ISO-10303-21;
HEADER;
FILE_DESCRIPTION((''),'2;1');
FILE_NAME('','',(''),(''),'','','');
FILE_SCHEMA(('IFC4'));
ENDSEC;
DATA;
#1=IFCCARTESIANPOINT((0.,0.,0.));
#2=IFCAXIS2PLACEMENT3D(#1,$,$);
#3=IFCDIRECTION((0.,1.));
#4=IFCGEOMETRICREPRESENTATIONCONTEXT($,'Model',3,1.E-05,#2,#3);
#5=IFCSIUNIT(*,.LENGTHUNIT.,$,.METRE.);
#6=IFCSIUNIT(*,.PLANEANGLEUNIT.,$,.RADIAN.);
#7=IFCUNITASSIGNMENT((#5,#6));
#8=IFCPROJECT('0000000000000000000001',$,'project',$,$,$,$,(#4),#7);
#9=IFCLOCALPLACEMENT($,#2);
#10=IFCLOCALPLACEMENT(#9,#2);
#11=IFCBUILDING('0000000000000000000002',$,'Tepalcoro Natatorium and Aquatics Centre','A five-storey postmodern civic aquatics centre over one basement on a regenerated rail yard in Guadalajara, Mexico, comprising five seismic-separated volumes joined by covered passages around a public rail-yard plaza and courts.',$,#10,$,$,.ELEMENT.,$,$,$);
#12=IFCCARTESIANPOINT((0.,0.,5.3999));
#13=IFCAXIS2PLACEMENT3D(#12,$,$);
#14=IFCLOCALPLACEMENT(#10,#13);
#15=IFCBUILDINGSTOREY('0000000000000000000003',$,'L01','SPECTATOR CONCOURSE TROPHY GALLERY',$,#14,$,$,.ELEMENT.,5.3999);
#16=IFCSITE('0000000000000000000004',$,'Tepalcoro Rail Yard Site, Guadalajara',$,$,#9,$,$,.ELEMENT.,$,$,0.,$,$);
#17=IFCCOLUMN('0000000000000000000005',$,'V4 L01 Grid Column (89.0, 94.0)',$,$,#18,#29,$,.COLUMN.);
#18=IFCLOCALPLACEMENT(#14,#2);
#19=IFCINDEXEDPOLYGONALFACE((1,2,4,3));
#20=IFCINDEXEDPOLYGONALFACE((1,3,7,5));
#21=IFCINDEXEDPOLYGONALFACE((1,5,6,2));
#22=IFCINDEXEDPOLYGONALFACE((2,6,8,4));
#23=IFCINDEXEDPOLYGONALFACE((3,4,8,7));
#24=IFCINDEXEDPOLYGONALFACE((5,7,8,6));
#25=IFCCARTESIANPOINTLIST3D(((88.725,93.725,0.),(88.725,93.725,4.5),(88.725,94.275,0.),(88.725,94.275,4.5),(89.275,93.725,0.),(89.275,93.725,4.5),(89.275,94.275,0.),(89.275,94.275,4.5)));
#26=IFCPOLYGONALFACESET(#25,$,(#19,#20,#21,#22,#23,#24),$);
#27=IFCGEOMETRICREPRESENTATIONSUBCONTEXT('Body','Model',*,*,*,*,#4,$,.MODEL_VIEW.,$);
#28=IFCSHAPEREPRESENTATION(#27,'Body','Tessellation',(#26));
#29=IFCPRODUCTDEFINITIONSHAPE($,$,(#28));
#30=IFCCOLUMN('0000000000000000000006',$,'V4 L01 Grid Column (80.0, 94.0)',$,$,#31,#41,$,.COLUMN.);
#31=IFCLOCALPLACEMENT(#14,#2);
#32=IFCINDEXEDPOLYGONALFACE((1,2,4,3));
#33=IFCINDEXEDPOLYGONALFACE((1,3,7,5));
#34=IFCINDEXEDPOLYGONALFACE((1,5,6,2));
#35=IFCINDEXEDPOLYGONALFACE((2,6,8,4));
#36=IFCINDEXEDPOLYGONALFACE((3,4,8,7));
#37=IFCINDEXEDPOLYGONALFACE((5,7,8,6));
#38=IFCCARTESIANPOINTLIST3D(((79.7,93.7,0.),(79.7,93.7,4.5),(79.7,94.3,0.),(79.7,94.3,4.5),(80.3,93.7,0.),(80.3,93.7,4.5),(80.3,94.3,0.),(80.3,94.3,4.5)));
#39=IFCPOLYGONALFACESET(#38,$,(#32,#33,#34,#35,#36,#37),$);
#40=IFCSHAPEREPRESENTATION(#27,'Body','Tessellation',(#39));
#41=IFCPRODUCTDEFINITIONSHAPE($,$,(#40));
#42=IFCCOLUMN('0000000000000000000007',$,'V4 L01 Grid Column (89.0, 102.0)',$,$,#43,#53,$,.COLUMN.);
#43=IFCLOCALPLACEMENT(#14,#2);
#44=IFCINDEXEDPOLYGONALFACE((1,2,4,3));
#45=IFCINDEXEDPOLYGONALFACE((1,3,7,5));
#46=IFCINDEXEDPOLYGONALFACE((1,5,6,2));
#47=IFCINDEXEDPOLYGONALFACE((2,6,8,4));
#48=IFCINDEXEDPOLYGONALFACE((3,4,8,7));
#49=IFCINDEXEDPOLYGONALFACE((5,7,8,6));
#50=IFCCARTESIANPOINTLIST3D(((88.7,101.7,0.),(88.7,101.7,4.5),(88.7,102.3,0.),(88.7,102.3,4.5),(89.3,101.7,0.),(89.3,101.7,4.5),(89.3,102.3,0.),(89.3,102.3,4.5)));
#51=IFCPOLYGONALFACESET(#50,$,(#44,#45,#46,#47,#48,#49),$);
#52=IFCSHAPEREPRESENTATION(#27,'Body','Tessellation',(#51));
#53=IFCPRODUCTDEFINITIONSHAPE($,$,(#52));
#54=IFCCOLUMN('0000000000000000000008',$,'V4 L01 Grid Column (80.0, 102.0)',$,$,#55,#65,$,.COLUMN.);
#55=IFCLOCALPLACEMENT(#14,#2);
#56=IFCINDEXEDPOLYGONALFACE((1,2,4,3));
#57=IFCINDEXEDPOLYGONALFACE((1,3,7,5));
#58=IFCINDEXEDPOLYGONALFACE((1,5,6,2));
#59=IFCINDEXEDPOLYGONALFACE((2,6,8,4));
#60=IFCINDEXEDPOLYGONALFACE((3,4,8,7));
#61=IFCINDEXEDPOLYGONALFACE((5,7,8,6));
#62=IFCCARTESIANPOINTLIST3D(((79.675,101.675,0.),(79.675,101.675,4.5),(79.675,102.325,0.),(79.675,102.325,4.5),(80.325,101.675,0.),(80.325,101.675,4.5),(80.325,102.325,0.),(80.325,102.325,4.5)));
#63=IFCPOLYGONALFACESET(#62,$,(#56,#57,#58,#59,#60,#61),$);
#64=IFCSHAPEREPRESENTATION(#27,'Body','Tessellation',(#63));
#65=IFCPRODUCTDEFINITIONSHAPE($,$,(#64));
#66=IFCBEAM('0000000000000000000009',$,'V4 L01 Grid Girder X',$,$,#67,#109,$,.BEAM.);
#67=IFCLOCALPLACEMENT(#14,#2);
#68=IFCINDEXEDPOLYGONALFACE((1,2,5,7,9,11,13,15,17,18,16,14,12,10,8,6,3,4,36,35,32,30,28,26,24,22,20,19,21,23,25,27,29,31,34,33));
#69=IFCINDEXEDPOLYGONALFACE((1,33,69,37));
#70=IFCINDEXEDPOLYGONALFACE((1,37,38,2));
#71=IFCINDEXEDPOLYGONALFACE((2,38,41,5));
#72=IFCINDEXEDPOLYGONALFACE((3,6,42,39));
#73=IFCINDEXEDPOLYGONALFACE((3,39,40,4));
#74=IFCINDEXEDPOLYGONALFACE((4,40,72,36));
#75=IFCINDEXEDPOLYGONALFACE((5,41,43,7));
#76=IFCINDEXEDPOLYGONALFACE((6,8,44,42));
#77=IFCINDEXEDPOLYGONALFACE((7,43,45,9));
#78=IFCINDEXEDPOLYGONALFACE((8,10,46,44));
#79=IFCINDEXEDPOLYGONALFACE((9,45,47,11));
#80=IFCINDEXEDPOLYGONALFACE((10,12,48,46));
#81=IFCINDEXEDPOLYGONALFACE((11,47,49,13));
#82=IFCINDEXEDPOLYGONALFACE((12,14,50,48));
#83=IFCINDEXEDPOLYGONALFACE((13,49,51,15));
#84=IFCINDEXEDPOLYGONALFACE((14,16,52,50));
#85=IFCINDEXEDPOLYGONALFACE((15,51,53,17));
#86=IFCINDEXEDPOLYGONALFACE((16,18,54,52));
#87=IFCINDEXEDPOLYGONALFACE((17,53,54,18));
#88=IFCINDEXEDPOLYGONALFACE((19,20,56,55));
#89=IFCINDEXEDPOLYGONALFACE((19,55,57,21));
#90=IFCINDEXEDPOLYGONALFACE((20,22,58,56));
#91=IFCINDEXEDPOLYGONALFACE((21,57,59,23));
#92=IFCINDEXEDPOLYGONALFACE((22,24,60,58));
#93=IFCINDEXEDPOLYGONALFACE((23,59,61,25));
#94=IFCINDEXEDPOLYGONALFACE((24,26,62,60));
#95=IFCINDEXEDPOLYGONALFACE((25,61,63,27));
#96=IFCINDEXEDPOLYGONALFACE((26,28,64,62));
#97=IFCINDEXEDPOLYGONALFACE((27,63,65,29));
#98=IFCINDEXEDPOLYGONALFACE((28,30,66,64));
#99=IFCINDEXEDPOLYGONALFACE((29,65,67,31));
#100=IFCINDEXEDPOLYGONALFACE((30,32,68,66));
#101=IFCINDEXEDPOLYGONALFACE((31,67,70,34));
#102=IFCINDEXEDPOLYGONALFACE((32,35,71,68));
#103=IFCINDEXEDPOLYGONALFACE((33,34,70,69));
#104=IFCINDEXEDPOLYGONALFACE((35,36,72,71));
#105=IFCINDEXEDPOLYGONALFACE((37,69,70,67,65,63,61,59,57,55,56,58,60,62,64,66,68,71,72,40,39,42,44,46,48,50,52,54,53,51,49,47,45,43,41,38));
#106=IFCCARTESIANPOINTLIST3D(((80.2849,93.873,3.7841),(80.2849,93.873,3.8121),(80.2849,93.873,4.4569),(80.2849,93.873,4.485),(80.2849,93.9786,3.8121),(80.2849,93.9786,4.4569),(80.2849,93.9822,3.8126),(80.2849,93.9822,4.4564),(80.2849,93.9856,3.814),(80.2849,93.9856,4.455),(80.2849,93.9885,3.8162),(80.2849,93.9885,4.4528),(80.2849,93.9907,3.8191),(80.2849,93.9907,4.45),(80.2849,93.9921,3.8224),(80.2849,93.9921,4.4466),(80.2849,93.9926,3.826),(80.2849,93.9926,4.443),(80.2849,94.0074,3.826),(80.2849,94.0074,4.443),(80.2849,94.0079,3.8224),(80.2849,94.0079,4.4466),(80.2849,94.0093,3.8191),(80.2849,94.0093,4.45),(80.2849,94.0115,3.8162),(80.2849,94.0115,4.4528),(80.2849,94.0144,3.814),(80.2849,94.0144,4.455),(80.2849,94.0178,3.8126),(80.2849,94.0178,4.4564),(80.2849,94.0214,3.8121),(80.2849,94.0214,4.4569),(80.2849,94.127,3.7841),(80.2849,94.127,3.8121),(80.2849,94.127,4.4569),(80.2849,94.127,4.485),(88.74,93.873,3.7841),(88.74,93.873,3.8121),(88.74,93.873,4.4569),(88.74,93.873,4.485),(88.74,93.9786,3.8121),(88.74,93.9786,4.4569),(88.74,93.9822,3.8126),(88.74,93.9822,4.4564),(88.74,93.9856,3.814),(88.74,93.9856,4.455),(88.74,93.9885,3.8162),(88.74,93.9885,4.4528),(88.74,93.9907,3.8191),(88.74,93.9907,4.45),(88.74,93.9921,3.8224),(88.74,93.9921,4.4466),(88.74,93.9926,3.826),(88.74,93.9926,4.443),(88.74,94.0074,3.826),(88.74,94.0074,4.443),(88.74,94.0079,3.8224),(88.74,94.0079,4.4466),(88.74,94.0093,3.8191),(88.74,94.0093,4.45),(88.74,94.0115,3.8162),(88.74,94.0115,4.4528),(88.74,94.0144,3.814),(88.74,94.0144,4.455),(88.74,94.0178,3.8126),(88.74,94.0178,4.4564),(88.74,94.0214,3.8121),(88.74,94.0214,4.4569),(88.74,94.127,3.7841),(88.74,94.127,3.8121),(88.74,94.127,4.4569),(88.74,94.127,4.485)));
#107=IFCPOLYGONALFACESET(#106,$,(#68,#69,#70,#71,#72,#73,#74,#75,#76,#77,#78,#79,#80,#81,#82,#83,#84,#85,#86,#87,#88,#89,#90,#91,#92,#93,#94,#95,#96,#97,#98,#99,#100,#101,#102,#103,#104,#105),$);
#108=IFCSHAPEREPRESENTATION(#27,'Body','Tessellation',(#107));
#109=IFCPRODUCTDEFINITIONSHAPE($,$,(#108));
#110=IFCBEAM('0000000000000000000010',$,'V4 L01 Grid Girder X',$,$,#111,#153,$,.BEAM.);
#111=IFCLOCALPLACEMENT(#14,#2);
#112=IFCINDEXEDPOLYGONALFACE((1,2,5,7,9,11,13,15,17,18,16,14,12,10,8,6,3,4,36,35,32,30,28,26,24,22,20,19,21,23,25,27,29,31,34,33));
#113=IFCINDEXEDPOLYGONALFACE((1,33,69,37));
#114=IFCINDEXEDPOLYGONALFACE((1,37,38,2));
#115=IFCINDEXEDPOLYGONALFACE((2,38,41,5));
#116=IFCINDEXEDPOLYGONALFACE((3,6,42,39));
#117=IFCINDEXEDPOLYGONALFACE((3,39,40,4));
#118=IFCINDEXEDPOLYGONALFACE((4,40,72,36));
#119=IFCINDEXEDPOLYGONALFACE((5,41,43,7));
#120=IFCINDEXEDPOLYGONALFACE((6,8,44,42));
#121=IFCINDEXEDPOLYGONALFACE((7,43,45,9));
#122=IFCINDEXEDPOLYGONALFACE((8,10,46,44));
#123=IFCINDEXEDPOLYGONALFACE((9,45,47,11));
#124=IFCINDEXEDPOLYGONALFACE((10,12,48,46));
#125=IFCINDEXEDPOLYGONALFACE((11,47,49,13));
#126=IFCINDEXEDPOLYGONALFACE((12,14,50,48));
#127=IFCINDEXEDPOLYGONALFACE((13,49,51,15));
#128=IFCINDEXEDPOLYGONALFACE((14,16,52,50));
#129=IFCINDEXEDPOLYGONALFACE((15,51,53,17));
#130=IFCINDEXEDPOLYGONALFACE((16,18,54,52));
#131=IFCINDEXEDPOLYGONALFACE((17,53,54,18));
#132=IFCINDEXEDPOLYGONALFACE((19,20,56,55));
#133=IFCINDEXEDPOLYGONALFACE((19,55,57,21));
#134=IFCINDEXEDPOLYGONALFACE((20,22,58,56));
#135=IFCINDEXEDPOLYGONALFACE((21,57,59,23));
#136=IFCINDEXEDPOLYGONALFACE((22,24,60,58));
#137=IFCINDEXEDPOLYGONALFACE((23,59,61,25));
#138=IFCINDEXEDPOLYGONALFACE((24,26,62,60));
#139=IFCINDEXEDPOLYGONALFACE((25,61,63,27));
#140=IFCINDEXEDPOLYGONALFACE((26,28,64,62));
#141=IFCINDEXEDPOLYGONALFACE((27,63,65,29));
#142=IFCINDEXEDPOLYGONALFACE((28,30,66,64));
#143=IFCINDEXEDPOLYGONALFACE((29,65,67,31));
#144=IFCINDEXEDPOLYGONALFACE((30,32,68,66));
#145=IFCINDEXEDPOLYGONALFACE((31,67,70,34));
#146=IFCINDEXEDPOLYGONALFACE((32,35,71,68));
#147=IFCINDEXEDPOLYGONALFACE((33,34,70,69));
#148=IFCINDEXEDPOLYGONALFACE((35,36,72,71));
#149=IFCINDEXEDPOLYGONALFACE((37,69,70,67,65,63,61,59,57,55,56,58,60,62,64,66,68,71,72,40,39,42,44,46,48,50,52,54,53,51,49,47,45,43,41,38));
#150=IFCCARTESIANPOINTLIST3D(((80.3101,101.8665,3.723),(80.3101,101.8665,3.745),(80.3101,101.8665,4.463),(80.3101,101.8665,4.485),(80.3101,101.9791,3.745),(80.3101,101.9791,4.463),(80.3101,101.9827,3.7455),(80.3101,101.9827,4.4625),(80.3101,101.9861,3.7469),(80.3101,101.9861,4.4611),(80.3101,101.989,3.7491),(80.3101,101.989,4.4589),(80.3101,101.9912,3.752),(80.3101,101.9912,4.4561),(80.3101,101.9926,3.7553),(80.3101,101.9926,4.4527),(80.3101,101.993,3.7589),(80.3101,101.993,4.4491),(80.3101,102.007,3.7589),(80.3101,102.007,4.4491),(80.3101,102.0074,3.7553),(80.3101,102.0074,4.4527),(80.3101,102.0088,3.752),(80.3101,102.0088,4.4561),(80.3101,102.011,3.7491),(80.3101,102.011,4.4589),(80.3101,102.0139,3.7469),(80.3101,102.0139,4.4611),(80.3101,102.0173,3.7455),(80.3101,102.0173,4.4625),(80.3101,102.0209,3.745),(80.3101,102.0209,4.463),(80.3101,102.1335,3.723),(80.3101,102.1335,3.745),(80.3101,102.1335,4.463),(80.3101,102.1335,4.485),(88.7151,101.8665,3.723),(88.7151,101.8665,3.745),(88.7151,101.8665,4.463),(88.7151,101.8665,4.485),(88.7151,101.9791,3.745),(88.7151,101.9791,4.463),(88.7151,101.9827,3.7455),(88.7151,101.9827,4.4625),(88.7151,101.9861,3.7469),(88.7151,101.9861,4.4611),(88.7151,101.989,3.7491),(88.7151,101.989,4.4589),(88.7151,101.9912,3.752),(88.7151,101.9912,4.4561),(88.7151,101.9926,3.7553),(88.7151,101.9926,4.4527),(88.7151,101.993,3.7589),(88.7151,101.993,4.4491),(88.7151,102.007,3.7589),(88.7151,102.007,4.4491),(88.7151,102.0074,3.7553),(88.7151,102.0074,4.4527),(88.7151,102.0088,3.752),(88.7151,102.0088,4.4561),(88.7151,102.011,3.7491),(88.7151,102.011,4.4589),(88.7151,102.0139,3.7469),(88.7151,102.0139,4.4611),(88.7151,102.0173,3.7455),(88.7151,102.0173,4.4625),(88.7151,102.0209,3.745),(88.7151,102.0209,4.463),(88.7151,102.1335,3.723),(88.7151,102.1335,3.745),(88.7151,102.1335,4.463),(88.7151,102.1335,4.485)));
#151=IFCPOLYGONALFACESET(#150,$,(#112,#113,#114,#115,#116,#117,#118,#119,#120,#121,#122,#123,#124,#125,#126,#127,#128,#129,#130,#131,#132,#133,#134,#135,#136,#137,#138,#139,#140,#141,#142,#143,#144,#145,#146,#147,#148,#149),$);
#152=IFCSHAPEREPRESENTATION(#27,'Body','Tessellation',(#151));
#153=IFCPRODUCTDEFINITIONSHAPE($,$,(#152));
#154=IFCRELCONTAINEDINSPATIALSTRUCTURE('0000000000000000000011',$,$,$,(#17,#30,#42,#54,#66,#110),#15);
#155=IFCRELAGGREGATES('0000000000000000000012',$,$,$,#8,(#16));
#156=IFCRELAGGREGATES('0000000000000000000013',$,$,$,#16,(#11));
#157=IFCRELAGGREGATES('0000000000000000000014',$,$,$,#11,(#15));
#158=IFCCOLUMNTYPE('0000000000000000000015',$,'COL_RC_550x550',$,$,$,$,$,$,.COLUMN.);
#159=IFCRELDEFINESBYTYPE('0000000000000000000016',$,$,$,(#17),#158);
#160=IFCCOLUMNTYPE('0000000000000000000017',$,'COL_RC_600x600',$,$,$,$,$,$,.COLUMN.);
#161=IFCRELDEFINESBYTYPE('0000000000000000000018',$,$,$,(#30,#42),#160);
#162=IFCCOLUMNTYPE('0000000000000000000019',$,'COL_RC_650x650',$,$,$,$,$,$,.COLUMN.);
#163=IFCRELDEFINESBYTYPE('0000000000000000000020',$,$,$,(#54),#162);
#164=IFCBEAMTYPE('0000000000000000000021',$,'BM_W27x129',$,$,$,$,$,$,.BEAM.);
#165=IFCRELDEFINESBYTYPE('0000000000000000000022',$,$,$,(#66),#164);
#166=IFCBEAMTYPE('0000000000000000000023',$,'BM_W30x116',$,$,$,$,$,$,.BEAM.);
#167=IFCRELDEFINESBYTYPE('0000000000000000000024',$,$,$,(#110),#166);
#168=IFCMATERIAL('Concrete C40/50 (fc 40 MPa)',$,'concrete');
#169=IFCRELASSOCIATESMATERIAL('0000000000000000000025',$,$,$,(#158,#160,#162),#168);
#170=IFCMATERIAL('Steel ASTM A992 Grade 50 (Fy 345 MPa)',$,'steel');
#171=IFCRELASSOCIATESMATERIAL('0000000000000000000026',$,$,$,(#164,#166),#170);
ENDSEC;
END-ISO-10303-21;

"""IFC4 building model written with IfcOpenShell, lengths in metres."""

from ifc_helpers import new_model, si_unit, direction, frame, origin, origin_2d, place, context, subcontext, project, spatial, rectangle, i_section, extrude, material, material_profile, profile_set, type_object, element, save


model = new_model("IFC4")

# Units and contexts
model_context = context("Model", 3, precision=1e-05, world=origin(), true_north=direction((0.0, 1.0)))
body_context = subcontext(model_context, "Body", "Model", "MODEL_VIEW")
ifc_project = project(units=[si_unit("LENGTHUNIT", "METRE"), si_unit("PLANEANGLEUNIT", "RADIAN")], contexts=[model_context])

# Site, building, storey
site_placement = place(None, origin())
site = spatial("IfcSite", under=ifc_project, at=site_placement, Name="Tepalcoro Rail Yard Site, Guadalajara", CompositionType="ELEMENT", RefElevation=0.0)
building_placement = place(site_placement, origin())
building = spatial("IfcBuilding", under=site, at=building_placement, Name="Tepalcoro Natatorium and Aquatics Centre", Description="A five-storey postmodern civic aquatics centre over one basement on a regenerated rail yard in Guadalajara, Mexico, comprising five seismic-separated volumes joined by covered passages around a public rail-yard plaza and courts.", CompositionType="ELEMENT")
storey_placement = place(building_placement, frame((0.0, 0.0, 5.3999)))
storey = spatial("IfcBuildingStorey", under=building, at=storey_placement, Name="L01", Description="SPECTATOR CONCOURSE TROPHY GALLERY", CompositionType="ELEMENT", Elevation=5.3999)

# Columns
ifc_material_1 = material(Name="Concrete C40/50 (fc 40 MPa)", Category="concrete")
ifc_material_profile_1 = material_profile(ifc_material_1, rectangle(XDim=0.55, YDim=0.55, at=origin_2d()), Name="RC550x550")
ifc_profile_set_1 = profile_set([ifc_material_profile_1], Name="Concrete C40/50 (fc 40 MPa)")
column_type_1 = type_object("IfcColumnType", Name="COL_RC_550x550", PredefinedType="COLUMN", material=ifc_profile_set_1)
column_1_placement = place(storey_placement, frame((89.0, 94.0, 0.0), z_axis=(0.0, 0.0, 1.0), x_axis=(1.0, 0.0, 0.0)))
element("IfcColumn", 1, at=column_1_placement, inside=storey, type_object=column_type_1, Name="V4 L01 Grid Column (89.0, 94.0)", PredefinedType="COLUMN", context=body_context, shape_type="SweptSolid", body=[
    extrude(rectangle(XDim=0.55, YDim=0.55, at=origin_2d()), origin(), (0.0, 0.0, 1.0), 4.5),
])
ifc_material_profile_2 = material_profile(ifc_material_1, rectangle(XDim=0.6001, YDim=0.6001, at=origin_2d()), Name="RC600x600")
ifc_profile_set_2 = profile_set([ifc_material_profile_2], Name="Concrete C40/50 (fc 40 MPa)")
column_type_2 = type_object("IfcColumnType", Name="COL_RC_600x600", PredefinedType="COLUMN", material=ifc_profile_set_2)
for number, where, z_axis, x_axis, name in (
    (2, (80.0, 94.0, 0.0), (0.0, 0.0, 1.0), (1.0, 0.0, 0.0), "V4 L01 Grid Column (80.0, 94.0)"),
    (3, (89.0, 102.0, 0.0), (0.0, 0.0, 1.0), (1.0, 0.0, 0.0), "V4 L01 Grid Column (89.0, 102.0)"),
):
    element("IfcColumn", number, at=place(storey_placement, frame(where, z_axis=z_axis, x_axis=x_axis)), inside=storey, type_object=column_type_2, Name=name, PredefinedType="COLUMN", context=body_context, shape_type="SweptSolid", body=[
        extrude(rectangle(XDim=0.6001, YDim=0.6001, at=origin_2d()), origin(), (0.0, 0.0, 1.0), 4.5),
    ])
ifc_material_profile_3 = material_profile(ifc_material_1, rectangle(XDim=0.6499, YDim=0.6499, at=origin_2d()), Name="RC650x650")
ifc_profile_set_3 = profile_set([ifc_material_profile_3], Name="Concrete C40/50 (fc 40 MPa)")
column_type_3 = type_object("IfcColumnType", Name="COL_RC_650x650", PredefinedType="COLUMN", material=ifc_profile_set_3)
column_2_placement = place(storey_placement, frame((80.0, 102.0, 0.0), z_axis=(0.0, 0.0, 1.0), x_axis=(1.0, 0.0, 0.0)))
element("IfcColumn", 4, at=column_2_placement, inside=storey, type_object=column_type_3, Name="V4 L01 Grid Column (80.0, 102.0)", PredefinedType="COLUMN", context=body_context, shape_type="SweptSolid", body=[
    extrude(rectangle(XDim=0.6499, YDim=0.6499, at=origin_2d()), origin(), (0.0, 0.0, 1.0), 4.5),
])

# Beams
ifc_material_2 = material(Name="Steel ASTM A992 Grade 50 (Fy 345 MPa)", Category="steel")
ifc_material_profile_4 = material_profile(ifc_material_2, i_section(OverallWidth=0.2539, OverallDepth=0.7009, WebThickness=0.0149, FlangeThickness=0.0281, FilletRadius=0.0139, at=origin_2d()), Name="W27X129")
ifc_profile_set_4 = profile_set([ifc_material_profile_4], Name="Steel ASTM A992 Grade 50 (Fy 345 MPa)")
beam_type_1 = type_object("IfcBeamType", Name="BM_W27x129", PredefinedType="BEAM", material=ifc_profile_set_4)
beam_1_placement = place(storey_placement, frame((80.2849, 94.0, 4.1345), z_axis=(1.0, 0.0, 0.0), x_axis=(0.0, 1.0, 0.0)))
element("IfcBeam", 5, at=beam_1_placement, inside=storey, type_object=beam_type_1, Name="V4 L01 Grid Girder X", PredefinedType="BEAM", context=body_context, shape_type="SweptSolid", body=[
    extrude(i_section(OverallWidth=0.2539, OverallDepth=0.7009, WebThickness=0.0149, FlangeThickness=0.0281, FilletRadius=0.0139, at=origin_2d()), origin(), (0.0, 0.0, 1.0), 8.4551),
])
ifc_material_profile_5 = material_profile(ifc_material_2, i_section(OverallWidth=0.2671, OverallDepth=0.762, WebThickness=0.0139, FlangeThickness=0.022, FilletRadius=0.0139, at=origin_2d()), Name="W30X116")
ifc_profile_set_5 = profile_set([ifc_material_profile_5], Name="Steel ASTM A992 Grade 50 (Fy 345 MPa)")
beam_type_2 = type_object("IfcBeamType", Name="BM_W30x116", PredefinedType="BEAM", material=ifc_profile_set_5)
beam_2_placement = place(storey_placement, frame((80.3101, 102.0, 4.104), z_axis=(1.0, 0.0, 0.0), x_axis=(0.0, 1.0, 0.0)))
element("IfcBeam", 6, at=beam_2_placement, inside=storey, type_object=beam_type_2, Name="V4 L01 Grid Girder X", PredefinedType="BEAM", context=body_context, shape_type="SweptSolid", body=[
    extrude(i_section(OverallWidth=0.2671, OverallDepth=0.762, WebThickness=0.0139, FlangeThickness=0.022, FilletRadius=0.0139, at=origin_2d()), origin(), (0.0, 0.0, 1.0), 8.405),
])

save(model, "model.ifc")
